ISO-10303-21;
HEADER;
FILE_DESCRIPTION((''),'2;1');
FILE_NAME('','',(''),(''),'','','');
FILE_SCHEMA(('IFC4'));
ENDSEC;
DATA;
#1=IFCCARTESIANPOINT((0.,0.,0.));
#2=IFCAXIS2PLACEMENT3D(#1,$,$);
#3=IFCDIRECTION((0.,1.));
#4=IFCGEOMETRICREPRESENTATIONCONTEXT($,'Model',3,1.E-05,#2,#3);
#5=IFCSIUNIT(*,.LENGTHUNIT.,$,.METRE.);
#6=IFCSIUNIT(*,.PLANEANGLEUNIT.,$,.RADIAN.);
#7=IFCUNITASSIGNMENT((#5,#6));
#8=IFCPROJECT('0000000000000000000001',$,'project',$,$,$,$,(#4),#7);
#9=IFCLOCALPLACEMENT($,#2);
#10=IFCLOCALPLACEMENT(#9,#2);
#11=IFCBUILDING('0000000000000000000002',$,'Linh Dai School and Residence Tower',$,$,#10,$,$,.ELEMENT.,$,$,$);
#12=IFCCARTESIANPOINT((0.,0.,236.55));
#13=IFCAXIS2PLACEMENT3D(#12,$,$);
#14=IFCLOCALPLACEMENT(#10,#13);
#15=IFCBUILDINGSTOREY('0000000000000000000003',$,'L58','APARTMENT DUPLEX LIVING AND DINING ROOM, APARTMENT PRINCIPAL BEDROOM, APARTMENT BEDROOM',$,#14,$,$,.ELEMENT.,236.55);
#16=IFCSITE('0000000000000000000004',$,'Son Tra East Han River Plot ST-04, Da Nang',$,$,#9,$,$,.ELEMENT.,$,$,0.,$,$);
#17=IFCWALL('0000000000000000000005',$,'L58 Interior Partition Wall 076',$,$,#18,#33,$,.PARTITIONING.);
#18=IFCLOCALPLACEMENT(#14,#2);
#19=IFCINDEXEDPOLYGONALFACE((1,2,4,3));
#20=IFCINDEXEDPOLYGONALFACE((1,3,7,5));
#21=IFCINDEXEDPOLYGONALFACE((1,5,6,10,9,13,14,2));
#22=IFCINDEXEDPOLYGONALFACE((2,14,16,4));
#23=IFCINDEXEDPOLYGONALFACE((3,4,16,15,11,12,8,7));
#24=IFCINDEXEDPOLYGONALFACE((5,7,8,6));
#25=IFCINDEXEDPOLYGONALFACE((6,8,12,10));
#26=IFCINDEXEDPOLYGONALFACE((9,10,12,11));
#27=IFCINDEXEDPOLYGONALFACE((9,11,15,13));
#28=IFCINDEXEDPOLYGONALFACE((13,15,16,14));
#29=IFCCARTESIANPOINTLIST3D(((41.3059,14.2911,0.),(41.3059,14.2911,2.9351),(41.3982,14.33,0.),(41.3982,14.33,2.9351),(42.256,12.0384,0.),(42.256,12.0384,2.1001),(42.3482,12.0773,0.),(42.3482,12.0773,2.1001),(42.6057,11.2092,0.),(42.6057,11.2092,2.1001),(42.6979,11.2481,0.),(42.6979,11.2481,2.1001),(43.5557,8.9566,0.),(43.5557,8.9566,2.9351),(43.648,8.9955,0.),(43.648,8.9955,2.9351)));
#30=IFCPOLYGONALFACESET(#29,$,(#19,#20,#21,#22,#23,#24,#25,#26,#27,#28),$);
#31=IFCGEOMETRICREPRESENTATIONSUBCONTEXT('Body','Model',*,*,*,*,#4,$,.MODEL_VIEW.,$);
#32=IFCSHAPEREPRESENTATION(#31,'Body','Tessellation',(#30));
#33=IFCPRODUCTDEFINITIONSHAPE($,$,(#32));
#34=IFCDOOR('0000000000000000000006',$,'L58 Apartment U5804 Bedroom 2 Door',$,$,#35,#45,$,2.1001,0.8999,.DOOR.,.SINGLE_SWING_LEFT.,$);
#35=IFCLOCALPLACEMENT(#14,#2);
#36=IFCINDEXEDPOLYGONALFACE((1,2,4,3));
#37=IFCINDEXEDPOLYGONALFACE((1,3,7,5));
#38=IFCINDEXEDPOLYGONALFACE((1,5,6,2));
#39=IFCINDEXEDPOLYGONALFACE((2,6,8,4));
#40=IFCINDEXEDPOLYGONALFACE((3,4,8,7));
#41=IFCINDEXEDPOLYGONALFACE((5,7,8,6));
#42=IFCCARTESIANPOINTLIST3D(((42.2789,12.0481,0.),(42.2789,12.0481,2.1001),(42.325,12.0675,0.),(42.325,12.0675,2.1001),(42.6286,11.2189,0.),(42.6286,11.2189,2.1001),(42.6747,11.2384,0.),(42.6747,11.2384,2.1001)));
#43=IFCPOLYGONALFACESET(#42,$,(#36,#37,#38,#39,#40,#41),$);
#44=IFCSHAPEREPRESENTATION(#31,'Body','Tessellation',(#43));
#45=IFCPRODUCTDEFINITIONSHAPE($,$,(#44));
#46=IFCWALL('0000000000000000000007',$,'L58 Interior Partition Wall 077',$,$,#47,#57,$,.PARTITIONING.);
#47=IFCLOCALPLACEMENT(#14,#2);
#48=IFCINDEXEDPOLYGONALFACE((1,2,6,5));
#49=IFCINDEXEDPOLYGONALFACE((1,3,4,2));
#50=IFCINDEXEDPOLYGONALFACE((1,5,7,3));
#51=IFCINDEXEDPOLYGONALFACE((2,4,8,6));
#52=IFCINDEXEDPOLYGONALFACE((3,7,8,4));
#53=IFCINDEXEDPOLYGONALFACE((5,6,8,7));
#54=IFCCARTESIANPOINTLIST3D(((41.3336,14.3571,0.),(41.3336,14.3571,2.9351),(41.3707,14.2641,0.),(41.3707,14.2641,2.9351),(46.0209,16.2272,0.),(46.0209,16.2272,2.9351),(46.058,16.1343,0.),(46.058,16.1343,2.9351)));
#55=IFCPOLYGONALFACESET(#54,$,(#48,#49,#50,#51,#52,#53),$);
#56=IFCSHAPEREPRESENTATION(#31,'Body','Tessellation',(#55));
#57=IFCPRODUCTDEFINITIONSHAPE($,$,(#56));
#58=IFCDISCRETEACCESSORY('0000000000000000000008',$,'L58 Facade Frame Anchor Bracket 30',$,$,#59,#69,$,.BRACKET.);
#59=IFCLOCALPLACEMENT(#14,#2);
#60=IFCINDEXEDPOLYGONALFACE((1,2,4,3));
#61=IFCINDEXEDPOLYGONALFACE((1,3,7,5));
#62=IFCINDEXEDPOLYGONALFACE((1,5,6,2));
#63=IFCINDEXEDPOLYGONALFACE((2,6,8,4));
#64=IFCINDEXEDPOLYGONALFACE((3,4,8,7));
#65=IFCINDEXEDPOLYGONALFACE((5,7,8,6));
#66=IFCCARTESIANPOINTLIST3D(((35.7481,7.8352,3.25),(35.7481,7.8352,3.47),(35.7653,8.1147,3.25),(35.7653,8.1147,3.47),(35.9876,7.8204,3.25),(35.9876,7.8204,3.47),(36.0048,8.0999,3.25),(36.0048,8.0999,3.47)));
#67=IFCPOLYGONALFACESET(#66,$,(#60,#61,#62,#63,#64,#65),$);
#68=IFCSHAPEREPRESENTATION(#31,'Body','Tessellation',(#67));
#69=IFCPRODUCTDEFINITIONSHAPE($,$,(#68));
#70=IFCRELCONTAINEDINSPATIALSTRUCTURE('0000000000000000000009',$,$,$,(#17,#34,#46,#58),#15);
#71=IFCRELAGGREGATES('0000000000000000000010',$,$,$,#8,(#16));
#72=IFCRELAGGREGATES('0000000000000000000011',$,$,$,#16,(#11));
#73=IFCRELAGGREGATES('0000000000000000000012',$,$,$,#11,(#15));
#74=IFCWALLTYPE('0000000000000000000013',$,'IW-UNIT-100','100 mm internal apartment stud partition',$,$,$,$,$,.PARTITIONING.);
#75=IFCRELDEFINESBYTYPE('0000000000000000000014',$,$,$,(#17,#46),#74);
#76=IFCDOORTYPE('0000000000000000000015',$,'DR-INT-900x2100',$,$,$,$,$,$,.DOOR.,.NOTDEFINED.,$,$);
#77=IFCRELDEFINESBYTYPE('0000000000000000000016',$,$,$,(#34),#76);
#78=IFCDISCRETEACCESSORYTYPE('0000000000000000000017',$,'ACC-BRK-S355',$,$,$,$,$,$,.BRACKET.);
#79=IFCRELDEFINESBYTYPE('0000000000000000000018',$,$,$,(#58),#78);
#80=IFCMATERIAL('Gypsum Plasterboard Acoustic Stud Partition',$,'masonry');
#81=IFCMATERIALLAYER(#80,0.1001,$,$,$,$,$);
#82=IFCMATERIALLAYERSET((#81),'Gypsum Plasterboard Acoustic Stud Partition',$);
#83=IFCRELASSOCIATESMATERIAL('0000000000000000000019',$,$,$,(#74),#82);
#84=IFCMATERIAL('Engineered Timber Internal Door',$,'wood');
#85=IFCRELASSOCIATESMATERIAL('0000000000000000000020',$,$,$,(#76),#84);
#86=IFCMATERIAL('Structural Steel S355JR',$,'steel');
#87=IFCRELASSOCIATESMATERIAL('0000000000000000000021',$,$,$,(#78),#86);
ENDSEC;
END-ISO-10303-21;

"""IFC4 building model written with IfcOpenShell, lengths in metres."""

from ifc_helpers import new_model, si_unit, direction, frame, frame_2d, origin, origin_2d, place, context, subcontext, project, spatial, rectangle, extrude, source, transform, mapped, material, layer, layer_set, type_object, element, fill, save


model = new_model("IFC4")

# Units and contexts
model_context = context("Model", 3, precision=1e-05, world=origin(), true_north=direction((0.0, 1.0)))
body_context = subcontext(model_context, "Body", "Model", "MODEL_VIEW")
ifc_project = project(units=[si_unit("LENGTHUNIT", "METRE"), si_unit("PLANEANGLEUNIT", "RADIAN")], contexts=[model_context])

# Site, building, storey
site_placement = place(None, origin())
site = spatial("IfcSite", under=ifc_project, at=site_placement, Name="Son Tra East Han River Plot ST-04, Da Nang", CompositionType="ELEMENT", RefElevation=0.0)
building_placement = place(site_placement, origin())
building = spatial("IfcBuilding", under=site, at=building_placement, Name="Linh Dai School and Residence Tower", CompositionType="ELEMENT")
storey_placement = place(building_placement, frame((0.0, 0.0, 236.55)))
storey = spatial("IfcBuildingStorey", under=building, at=storey_placement, Name="L58", Description="APARTMENT DUPLEX LIVING AND DINING ROOM, APARTMENT PRINCIPAL BEDROOM, APARTMENT BEDROOM", CompositionType="ELEMENT", Elevation=236.55)

# Shared definitions
ifc_material_1 = material(Name="Structural Steel S355JR", Category="steel")

# Shared definitions
ifc_material_2 = material(Name="Gypsum Plasterboard Acoustic Stud Partition", Category="masonry")
ifc_layer_1 = layer(ifc_material_2, 0.1001)
ifc_layer_set_1 = layer_set([ifc_layer_1], Name="Gypsum Plasterboard Acoustic Stud Partition")
wall_type_1 = type_object("IfcWallType", Name="IW-UNIT-100", Description="100 mm internal apartment stud partition", PredefinedType="PARTITIONING", material=ifc_layer_set_1)

# Wall, opening, door
ifc_material_3 = material(Name="Engineered Timber Internal Door", Category="wood")
door_type = type_object("IfcDoorType", Name="DR-INT-900x2100", OperationType="NOTDEFINED", PredefinedType="DOOR", material=ifc_material_3)
shared_shape_1 = source(origin(), body_context, "Body", "SweptSolid", [
    extrude(rectangle(XDim=0.8999, YDim=2.1001, at=origin_2d()), frame((0.45, 0.0249, 1.05), z_axis=(0.0, -1.0, 0.0), x_axis=(1.0, 0.0, 0.0)), (0.0, 0.0, 1.0), 0.05),
])
wall_1_placement = place(storey_placement, frame((41.3521, 14.3105, 0.0), z_axis=(0.0, 0.0, 1.0), x_axis=(0.388594, -0.921409, 0.0)))
wall_1 = element("IfcWall", 1, at=wall_1_placement, inside=storey, type_object=wall_type_1, Name="L58 Interior Partition Wall 076", PredefinedType="PARTITIONING", context=body_context, shape_type="SweptSolid", body=[
    extrude(rectangle(XDim=5.7896, YDim=0.1001, at=frame_2d((2.8948, 0.0))), origin(), (0.0, 0.0, 1.0), 2.9351),
])
opening_1_placement = place(wall_1_placement, frame((2.4448, 0.0, 0.0)))
opening_1 = element("IfcOpeningElement", 2, at=opening_1_placement, cuts=wall_1, PredefinedType="OPENING", context=body_context, shape_type="SweptSolid", body=[
    extrude(rectangle(XDim=0.8999, YDim=2.1001, at=origin_2d()), frame((0.45, 0.0601, 1.05), z_axis=(0.0, -1.0, 0.0), x_axis=(1.0, 0.0, 0.0)), (0.0, 0.0, 1.0), 0.1201),
])
door_1_placement = place(opening_1_placement, origin())
door_1 = element("IfcDoor", 3, at=door_1_placement, inside=storey, type_object=door_type, Name="L58 Apartment U5804 Bedroom 2 Door", OperationType="SINGLE_SWING_LEFT", OverallHeight=2.1001, OverallWidth=0.8999, PredefinedType="DOOR", context=body_context, shape_type="MappedRepresentation", body=[
    mapped(shared_shape_1, transform((0.0, 0.0, 0.0), x_axis=(1.0, 0.0, 0.0), y_axis=(0.0, 1.0, 0.0), z_axis=(0.0, 0.0, 1.0), scale=1.0)),
])
fill(opening_1, door_1)

# Wall
wall_2_placement = place(storey_placement, frame((41.3521, 14.3105, 0.0), z_axis=(0.0, 0.0, 1.0), x_axis=(0.928803, 0.370573, 0.0)))
element("IfcWall", 4, at=wall_2_placement, inside=storey, type_object=wall_type_1, Name="L58 Interior Partition Wall 077", PredefinedType="PARTITIONING", context=body_context, shape_type="SweptSolid", body=[
    extrude(rectangle(XDim=5.0466, YDim=0.1001, at=frame_2d((2.5234, 0.0))), origin(), (0.0, 0.0, 1.0), 2.9351),
])

# Discrete accessory
discrete_accessory_type = type_object("IfcDiscreteAccessoryType", Name="ACC-BRK-S355", PredefinedType="BRACKET", material=ifc_material_1)
shared_shape_2 = source(origin(), body_context, "Body", "SweptSolid", [
    extrude(rectangle(XDim=0.28, YDim=0.24, at=origin_2d()), origin(), (0.0, 0.0, 1.0), 0.22),
])
discrete_accessory_placement = place(storey_placement, frame((35.8765, 7.9675, 3.25), z_axis=(0.0, 0.0, 1.0), x_axis=(-0.061504, -0.998107, 0.0)))
element("IfcDiscreteAccessory", 5, at=discrete_accessory_placement, inside=storey, type_object=discrete_accessory_type, Name="L58 Facade Frame Anchor Bracket 30", PredefinedType="BRACKET", context=body_context, shape_type="MappedRepresentation", body=[
    mapped(shared_shape_2, transform((0.0, 0.0, 0.0), x_axis=(1.0, 0.0, 0.0), y_axis=(0.0, 1.0, 0.0), z_axis=(0.0, 0.0, 1.0), scale=1.0)),
])

save(model, "model.ifc")
